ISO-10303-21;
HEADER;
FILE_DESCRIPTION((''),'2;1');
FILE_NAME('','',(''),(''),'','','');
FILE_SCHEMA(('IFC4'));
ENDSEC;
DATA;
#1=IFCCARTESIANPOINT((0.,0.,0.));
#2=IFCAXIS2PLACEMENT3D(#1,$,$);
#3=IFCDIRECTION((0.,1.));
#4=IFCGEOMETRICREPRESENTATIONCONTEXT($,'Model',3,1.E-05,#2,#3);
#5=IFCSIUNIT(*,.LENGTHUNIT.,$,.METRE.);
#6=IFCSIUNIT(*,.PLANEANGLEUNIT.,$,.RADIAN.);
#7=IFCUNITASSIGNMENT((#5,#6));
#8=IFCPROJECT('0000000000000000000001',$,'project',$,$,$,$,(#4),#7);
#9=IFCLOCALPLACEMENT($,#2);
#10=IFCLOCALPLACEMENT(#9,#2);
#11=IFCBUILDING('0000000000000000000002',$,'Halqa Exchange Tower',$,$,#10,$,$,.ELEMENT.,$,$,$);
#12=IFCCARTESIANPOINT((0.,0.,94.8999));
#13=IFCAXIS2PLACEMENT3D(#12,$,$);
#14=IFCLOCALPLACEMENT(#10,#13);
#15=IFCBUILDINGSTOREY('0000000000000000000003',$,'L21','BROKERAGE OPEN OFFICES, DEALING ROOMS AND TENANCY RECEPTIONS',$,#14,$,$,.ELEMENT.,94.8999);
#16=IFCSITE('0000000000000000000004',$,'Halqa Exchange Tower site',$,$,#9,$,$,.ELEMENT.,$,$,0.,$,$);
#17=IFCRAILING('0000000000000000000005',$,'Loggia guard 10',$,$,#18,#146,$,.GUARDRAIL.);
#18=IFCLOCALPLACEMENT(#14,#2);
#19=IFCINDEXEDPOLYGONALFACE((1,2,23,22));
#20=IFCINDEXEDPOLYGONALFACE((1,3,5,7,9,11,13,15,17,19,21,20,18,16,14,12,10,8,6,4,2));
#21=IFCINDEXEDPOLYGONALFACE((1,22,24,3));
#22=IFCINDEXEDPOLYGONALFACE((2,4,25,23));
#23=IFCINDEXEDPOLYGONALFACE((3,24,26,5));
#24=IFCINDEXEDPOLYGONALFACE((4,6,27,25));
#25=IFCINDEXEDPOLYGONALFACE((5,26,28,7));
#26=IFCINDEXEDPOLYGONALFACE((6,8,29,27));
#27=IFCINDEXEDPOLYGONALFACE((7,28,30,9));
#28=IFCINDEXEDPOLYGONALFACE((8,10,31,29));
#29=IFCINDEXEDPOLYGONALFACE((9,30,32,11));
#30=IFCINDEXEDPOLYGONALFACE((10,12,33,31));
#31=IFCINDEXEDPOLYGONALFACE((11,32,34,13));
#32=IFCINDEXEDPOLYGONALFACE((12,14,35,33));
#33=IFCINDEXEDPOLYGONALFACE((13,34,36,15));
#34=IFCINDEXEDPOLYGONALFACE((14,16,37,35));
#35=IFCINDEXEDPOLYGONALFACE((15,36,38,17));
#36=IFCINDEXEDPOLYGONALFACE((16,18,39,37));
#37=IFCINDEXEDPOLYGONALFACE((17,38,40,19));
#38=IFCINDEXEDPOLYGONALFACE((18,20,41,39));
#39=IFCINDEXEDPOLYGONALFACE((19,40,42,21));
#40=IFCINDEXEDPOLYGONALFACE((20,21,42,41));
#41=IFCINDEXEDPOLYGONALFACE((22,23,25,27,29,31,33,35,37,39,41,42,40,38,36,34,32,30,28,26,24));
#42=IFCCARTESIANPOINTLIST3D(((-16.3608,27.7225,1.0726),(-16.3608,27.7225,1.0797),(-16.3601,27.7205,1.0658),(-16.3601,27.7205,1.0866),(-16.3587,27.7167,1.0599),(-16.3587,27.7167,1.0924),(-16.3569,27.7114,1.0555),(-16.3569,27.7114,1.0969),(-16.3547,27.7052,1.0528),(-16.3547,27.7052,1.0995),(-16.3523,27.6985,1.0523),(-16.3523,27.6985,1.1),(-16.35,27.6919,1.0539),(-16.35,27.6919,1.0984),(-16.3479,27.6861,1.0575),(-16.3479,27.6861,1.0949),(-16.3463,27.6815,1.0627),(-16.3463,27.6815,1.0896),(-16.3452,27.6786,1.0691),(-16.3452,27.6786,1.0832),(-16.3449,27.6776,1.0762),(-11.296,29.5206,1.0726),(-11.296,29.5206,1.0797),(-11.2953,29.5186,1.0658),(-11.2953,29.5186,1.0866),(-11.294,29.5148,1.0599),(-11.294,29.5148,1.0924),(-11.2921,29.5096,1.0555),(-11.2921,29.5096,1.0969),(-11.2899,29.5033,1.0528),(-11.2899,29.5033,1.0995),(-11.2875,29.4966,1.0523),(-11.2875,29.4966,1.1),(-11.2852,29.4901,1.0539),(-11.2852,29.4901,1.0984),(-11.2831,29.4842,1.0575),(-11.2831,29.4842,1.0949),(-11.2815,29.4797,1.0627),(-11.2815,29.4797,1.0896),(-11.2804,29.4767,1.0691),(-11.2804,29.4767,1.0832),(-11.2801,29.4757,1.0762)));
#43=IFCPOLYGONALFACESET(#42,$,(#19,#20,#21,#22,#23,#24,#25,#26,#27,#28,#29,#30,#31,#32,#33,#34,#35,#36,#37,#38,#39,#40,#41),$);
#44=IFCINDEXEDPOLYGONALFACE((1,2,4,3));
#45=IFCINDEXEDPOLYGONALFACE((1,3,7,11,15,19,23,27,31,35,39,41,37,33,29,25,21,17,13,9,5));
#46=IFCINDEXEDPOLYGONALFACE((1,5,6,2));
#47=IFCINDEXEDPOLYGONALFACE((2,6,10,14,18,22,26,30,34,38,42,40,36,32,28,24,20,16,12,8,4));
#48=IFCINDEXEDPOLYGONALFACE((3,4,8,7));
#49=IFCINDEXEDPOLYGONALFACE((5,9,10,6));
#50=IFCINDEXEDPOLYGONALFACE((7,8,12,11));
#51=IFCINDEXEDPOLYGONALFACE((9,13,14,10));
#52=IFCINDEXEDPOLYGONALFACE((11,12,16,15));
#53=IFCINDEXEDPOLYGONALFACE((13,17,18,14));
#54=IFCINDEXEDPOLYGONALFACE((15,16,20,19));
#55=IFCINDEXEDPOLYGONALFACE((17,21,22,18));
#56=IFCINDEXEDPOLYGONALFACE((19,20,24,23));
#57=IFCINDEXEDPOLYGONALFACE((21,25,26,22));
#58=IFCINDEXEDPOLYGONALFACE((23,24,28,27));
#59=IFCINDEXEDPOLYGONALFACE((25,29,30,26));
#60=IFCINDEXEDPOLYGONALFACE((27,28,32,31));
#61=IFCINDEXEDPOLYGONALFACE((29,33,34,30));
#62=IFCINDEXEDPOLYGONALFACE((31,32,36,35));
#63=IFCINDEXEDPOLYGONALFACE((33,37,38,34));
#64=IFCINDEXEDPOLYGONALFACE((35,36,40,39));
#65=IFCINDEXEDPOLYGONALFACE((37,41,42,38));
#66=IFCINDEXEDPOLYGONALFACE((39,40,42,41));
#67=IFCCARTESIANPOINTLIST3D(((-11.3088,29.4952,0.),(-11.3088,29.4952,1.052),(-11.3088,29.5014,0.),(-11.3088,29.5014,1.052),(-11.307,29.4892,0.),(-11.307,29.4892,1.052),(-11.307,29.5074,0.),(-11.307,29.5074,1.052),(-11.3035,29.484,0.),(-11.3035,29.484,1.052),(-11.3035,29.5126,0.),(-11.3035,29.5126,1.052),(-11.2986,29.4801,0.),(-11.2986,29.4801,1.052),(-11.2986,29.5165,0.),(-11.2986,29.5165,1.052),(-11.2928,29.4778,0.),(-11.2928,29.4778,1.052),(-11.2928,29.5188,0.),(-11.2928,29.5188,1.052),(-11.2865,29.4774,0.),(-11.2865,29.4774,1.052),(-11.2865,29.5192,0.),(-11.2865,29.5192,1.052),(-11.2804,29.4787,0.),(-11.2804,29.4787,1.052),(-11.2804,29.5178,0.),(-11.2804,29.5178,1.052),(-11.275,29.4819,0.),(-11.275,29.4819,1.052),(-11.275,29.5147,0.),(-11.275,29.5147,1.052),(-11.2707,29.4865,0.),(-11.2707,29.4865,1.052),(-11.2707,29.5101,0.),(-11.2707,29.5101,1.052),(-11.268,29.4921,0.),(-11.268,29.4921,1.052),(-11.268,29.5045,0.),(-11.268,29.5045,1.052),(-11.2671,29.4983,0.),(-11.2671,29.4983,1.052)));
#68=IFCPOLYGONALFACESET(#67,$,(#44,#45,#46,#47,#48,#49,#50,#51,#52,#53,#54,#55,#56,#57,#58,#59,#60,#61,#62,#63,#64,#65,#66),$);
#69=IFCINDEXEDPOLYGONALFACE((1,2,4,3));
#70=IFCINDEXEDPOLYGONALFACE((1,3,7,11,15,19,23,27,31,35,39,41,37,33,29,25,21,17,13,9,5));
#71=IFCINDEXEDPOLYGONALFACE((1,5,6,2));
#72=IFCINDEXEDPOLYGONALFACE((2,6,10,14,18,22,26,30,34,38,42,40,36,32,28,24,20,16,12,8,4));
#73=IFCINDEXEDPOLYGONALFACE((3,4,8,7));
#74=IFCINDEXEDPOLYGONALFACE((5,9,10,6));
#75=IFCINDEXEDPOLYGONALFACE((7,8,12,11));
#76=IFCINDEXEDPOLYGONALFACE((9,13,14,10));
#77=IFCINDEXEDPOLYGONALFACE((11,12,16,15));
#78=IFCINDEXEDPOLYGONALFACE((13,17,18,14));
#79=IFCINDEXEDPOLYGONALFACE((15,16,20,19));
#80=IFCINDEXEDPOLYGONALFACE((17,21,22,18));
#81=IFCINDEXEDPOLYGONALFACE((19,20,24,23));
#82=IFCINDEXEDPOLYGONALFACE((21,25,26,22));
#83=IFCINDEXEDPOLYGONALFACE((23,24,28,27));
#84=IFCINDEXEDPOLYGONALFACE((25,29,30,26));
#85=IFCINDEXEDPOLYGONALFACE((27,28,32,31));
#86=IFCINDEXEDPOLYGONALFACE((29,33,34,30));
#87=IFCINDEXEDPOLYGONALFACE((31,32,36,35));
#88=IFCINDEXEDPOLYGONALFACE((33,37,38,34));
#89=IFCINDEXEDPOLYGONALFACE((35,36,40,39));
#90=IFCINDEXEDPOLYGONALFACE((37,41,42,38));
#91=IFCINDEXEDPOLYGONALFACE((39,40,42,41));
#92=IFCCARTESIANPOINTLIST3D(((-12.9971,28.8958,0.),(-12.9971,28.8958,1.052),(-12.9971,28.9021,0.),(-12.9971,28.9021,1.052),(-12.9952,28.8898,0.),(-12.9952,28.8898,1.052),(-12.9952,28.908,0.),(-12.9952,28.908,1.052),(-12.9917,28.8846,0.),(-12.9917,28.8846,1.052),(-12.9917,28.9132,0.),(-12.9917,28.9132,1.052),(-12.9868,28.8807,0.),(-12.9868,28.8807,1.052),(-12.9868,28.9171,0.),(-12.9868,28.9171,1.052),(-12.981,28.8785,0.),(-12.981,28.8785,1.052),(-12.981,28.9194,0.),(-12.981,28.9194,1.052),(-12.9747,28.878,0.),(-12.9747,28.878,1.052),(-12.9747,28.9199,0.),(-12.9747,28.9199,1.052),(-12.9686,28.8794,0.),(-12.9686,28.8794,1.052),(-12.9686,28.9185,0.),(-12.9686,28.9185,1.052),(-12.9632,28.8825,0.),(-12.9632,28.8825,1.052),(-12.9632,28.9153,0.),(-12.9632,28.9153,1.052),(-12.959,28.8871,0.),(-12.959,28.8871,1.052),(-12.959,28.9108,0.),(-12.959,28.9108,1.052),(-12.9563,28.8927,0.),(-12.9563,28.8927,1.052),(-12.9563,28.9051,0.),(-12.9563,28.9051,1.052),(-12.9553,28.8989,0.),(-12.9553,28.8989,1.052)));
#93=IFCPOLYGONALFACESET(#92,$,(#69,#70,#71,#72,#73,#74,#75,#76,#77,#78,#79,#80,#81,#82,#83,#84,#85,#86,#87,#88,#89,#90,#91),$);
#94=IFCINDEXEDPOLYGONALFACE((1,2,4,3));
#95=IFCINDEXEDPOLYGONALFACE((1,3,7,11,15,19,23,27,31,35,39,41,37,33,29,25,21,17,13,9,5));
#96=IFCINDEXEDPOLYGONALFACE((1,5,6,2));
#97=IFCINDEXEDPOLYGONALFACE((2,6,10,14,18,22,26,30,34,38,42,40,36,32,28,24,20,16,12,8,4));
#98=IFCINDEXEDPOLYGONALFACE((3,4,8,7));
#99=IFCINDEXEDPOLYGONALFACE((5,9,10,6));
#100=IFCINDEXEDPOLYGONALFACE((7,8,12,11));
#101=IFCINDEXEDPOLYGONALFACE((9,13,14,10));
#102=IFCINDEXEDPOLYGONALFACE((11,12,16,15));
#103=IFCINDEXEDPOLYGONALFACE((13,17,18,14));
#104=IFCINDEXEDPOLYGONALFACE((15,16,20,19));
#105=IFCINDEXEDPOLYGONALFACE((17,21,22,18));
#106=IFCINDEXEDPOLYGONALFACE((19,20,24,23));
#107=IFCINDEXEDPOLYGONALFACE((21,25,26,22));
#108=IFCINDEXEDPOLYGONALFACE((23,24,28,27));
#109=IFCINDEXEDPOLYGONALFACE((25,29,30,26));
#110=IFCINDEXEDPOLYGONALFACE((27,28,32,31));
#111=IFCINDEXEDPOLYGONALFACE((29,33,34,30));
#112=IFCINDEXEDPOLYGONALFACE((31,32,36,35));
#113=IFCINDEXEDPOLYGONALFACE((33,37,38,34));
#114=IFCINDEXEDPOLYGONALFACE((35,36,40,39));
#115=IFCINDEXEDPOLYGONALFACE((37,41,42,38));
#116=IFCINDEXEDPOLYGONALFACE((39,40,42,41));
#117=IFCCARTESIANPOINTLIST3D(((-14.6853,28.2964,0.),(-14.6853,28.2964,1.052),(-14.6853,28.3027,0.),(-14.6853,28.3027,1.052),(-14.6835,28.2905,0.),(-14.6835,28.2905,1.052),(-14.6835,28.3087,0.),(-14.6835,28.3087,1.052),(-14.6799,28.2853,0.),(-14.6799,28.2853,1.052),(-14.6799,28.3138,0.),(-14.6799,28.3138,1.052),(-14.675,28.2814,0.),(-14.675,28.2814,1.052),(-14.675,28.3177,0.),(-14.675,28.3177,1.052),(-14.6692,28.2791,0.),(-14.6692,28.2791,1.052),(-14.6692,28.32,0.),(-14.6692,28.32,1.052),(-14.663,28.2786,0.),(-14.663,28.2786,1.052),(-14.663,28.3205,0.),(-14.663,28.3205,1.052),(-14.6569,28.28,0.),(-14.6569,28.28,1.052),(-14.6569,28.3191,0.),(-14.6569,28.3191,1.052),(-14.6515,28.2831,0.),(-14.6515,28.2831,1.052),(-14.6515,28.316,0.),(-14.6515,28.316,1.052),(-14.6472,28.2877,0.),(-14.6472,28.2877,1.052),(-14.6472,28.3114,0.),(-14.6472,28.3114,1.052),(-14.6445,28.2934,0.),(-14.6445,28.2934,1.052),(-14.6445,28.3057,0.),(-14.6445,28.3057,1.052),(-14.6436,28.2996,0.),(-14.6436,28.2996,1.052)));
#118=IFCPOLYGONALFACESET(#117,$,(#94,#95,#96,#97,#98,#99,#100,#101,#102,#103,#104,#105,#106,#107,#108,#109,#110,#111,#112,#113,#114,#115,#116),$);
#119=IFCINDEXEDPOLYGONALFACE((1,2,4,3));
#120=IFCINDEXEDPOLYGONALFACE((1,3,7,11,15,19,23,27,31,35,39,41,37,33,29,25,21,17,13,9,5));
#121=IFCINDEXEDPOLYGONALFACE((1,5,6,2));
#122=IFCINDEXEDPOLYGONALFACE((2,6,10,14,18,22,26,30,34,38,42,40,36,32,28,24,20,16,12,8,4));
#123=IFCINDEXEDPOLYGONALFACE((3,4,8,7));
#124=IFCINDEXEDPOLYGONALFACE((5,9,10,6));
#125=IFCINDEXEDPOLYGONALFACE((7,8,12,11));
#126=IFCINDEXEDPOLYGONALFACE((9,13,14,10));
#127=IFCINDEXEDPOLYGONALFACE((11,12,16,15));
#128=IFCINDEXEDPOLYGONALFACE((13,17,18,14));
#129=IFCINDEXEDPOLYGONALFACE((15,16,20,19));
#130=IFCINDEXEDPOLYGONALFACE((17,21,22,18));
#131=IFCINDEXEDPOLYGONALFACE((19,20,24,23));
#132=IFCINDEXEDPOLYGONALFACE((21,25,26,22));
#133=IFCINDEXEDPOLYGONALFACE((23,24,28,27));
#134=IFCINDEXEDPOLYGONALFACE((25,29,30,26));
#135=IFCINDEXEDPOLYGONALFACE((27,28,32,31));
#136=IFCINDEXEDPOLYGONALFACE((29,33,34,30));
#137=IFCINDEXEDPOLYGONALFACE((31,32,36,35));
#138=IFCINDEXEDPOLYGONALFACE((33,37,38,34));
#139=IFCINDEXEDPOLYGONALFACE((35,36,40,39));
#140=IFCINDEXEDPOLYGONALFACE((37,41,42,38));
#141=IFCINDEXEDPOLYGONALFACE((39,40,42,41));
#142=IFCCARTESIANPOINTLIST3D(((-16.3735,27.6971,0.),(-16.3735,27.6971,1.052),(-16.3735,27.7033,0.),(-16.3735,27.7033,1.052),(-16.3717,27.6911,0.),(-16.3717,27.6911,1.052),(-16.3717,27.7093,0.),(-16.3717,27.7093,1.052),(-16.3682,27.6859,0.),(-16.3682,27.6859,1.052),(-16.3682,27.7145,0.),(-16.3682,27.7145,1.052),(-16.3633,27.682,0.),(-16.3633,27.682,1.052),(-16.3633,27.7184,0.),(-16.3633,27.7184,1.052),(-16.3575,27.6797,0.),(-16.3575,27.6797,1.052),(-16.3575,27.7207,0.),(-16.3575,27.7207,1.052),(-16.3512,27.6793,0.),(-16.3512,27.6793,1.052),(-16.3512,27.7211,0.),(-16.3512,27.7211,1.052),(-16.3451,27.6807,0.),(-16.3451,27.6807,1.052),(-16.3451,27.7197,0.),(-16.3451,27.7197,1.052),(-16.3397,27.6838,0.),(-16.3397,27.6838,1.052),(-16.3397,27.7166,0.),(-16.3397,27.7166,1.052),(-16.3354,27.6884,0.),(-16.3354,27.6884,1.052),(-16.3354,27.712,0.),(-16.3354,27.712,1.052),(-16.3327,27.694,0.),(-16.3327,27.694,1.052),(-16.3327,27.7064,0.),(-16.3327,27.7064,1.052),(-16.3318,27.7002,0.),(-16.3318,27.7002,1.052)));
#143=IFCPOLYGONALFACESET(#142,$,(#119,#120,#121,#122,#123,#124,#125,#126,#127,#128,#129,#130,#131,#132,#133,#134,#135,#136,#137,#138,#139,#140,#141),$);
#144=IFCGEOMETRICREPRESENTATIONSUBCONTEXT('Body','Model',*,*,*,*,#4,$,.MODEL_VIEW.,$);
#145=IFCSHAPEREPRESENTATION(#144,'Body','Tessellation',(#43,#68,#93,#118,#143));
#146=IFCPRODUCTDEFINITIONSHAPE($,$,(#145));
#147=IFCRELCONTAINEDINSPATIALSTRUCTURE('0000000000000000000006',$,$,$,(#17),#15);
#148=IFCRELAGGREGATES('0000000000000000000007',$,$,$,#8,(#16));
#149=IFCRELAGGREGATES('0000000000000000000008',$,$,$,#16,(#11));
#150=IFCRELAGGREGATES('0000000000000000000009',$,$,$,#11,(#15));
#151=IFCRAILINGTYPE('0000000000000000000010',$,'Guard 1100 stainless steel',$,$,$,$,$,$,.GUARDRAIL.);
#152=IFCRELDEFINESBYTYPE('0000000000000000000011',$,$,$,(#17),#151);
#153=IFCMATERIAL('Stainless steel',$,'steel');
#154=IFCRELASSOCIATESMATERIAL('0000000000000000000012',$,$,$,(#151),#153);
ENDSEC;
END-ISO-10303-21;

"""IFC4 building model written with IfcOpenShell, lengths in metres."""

from ifc_helpers import new_model, si_unit, direction, frame, origin, origin_2d, place, context, subcontext, project, spatial, circle, extrude, material, type_object, element, save


model = new_model("IFC4")

# Units and contexts
model_context = context("Model", 3, precision=1e-05, world=origin(), true_north=direction((0.0, 1.0)))
body_context = subcontext(model_context, "Body", "Model", "MODEL_VIEW")
ifc_project = project(units=[si_unit("LENGTHUNIT", "METRE"), si_unit("PLANEANGLEUNIT", "RADIAN")], contexts=[model_context])

# Site, building, storey
site_placement = place(None, origin())
site = spatial("IfcSite", under=ifc_project, at=site_placement, Name="Halqa Exchange Tower site", CompositionType="ELEMENT", RefElevation=0.0)
building_placement = place(site_placement, origin())
building = spatial("IfcBuilding", under=site, at=building_placement, Name="Halqa Exchange Tower", CompositionType="ELEMENT")
storey_placement = place(building_placement, frame((0.0, 0.0, 94.8999)))
storey = spatial("IfcBuildingStorey", under=building, at=storey_placement, Name="L21", Description="BROKERAGE OPEN OFFICES, DEALING ROOMS AND TENANCY RECEPTIONS", CompositionType="ELEMENT", Elevation=94.8999)

# Railing
ifc_material_1 = material(Name="Stainless steel", Category="steel")
railing_type_1 = type_object("IfcRailingType", Name="Guard 1100 stainless steel", PredefinedType="GUARDRAIL", material=ifc_material_1)
railing_1_placement = place(storey_placement, frame((-11.2881, 29.4983, 0.0)))
element("IfcRailing", 1, at=railing_1_placement, inside=storey, type_object=railing_type_1, Name="Loggia guard 10", PredefinedType="GUARDRAIL", context=body_context, shape_type="SweptSolid", body=[
    extrude(circle(Radius=0.0239, at=origin_2d()), frame((0.0, 0.0, 1.0762), z_axis=(-0.942372, -0.334566, 0.0), x_axis=(0.334566, -0.942372, 0.0)), (0.0, 0.0, 1.0), 5.3745),
    extrude(circle(Radius=0.021, at=origin_2d()), origin(), (0.0, 0.0, 1.0), 1.052),
    extrude(circle(Radius=0.021, at=origin_2d()), frame((-1.6882, -0.5994, 0.0)), (0.0, 0.0, 1.0), 1.052),
    extrude(circle(Radius=0.021, at=origin_2d()), frame((-3.3765, -1.1987, 0.0)), (0.0, 0.0, 1.0), 1.052),
    extrude(circle(Radius=0.021, at=origin_2d()), frame((-5.0647, -1.7981, 0.0)), (0.0, 0.0, 1.0), 1.052),
])

save(model, "model.ifc")
